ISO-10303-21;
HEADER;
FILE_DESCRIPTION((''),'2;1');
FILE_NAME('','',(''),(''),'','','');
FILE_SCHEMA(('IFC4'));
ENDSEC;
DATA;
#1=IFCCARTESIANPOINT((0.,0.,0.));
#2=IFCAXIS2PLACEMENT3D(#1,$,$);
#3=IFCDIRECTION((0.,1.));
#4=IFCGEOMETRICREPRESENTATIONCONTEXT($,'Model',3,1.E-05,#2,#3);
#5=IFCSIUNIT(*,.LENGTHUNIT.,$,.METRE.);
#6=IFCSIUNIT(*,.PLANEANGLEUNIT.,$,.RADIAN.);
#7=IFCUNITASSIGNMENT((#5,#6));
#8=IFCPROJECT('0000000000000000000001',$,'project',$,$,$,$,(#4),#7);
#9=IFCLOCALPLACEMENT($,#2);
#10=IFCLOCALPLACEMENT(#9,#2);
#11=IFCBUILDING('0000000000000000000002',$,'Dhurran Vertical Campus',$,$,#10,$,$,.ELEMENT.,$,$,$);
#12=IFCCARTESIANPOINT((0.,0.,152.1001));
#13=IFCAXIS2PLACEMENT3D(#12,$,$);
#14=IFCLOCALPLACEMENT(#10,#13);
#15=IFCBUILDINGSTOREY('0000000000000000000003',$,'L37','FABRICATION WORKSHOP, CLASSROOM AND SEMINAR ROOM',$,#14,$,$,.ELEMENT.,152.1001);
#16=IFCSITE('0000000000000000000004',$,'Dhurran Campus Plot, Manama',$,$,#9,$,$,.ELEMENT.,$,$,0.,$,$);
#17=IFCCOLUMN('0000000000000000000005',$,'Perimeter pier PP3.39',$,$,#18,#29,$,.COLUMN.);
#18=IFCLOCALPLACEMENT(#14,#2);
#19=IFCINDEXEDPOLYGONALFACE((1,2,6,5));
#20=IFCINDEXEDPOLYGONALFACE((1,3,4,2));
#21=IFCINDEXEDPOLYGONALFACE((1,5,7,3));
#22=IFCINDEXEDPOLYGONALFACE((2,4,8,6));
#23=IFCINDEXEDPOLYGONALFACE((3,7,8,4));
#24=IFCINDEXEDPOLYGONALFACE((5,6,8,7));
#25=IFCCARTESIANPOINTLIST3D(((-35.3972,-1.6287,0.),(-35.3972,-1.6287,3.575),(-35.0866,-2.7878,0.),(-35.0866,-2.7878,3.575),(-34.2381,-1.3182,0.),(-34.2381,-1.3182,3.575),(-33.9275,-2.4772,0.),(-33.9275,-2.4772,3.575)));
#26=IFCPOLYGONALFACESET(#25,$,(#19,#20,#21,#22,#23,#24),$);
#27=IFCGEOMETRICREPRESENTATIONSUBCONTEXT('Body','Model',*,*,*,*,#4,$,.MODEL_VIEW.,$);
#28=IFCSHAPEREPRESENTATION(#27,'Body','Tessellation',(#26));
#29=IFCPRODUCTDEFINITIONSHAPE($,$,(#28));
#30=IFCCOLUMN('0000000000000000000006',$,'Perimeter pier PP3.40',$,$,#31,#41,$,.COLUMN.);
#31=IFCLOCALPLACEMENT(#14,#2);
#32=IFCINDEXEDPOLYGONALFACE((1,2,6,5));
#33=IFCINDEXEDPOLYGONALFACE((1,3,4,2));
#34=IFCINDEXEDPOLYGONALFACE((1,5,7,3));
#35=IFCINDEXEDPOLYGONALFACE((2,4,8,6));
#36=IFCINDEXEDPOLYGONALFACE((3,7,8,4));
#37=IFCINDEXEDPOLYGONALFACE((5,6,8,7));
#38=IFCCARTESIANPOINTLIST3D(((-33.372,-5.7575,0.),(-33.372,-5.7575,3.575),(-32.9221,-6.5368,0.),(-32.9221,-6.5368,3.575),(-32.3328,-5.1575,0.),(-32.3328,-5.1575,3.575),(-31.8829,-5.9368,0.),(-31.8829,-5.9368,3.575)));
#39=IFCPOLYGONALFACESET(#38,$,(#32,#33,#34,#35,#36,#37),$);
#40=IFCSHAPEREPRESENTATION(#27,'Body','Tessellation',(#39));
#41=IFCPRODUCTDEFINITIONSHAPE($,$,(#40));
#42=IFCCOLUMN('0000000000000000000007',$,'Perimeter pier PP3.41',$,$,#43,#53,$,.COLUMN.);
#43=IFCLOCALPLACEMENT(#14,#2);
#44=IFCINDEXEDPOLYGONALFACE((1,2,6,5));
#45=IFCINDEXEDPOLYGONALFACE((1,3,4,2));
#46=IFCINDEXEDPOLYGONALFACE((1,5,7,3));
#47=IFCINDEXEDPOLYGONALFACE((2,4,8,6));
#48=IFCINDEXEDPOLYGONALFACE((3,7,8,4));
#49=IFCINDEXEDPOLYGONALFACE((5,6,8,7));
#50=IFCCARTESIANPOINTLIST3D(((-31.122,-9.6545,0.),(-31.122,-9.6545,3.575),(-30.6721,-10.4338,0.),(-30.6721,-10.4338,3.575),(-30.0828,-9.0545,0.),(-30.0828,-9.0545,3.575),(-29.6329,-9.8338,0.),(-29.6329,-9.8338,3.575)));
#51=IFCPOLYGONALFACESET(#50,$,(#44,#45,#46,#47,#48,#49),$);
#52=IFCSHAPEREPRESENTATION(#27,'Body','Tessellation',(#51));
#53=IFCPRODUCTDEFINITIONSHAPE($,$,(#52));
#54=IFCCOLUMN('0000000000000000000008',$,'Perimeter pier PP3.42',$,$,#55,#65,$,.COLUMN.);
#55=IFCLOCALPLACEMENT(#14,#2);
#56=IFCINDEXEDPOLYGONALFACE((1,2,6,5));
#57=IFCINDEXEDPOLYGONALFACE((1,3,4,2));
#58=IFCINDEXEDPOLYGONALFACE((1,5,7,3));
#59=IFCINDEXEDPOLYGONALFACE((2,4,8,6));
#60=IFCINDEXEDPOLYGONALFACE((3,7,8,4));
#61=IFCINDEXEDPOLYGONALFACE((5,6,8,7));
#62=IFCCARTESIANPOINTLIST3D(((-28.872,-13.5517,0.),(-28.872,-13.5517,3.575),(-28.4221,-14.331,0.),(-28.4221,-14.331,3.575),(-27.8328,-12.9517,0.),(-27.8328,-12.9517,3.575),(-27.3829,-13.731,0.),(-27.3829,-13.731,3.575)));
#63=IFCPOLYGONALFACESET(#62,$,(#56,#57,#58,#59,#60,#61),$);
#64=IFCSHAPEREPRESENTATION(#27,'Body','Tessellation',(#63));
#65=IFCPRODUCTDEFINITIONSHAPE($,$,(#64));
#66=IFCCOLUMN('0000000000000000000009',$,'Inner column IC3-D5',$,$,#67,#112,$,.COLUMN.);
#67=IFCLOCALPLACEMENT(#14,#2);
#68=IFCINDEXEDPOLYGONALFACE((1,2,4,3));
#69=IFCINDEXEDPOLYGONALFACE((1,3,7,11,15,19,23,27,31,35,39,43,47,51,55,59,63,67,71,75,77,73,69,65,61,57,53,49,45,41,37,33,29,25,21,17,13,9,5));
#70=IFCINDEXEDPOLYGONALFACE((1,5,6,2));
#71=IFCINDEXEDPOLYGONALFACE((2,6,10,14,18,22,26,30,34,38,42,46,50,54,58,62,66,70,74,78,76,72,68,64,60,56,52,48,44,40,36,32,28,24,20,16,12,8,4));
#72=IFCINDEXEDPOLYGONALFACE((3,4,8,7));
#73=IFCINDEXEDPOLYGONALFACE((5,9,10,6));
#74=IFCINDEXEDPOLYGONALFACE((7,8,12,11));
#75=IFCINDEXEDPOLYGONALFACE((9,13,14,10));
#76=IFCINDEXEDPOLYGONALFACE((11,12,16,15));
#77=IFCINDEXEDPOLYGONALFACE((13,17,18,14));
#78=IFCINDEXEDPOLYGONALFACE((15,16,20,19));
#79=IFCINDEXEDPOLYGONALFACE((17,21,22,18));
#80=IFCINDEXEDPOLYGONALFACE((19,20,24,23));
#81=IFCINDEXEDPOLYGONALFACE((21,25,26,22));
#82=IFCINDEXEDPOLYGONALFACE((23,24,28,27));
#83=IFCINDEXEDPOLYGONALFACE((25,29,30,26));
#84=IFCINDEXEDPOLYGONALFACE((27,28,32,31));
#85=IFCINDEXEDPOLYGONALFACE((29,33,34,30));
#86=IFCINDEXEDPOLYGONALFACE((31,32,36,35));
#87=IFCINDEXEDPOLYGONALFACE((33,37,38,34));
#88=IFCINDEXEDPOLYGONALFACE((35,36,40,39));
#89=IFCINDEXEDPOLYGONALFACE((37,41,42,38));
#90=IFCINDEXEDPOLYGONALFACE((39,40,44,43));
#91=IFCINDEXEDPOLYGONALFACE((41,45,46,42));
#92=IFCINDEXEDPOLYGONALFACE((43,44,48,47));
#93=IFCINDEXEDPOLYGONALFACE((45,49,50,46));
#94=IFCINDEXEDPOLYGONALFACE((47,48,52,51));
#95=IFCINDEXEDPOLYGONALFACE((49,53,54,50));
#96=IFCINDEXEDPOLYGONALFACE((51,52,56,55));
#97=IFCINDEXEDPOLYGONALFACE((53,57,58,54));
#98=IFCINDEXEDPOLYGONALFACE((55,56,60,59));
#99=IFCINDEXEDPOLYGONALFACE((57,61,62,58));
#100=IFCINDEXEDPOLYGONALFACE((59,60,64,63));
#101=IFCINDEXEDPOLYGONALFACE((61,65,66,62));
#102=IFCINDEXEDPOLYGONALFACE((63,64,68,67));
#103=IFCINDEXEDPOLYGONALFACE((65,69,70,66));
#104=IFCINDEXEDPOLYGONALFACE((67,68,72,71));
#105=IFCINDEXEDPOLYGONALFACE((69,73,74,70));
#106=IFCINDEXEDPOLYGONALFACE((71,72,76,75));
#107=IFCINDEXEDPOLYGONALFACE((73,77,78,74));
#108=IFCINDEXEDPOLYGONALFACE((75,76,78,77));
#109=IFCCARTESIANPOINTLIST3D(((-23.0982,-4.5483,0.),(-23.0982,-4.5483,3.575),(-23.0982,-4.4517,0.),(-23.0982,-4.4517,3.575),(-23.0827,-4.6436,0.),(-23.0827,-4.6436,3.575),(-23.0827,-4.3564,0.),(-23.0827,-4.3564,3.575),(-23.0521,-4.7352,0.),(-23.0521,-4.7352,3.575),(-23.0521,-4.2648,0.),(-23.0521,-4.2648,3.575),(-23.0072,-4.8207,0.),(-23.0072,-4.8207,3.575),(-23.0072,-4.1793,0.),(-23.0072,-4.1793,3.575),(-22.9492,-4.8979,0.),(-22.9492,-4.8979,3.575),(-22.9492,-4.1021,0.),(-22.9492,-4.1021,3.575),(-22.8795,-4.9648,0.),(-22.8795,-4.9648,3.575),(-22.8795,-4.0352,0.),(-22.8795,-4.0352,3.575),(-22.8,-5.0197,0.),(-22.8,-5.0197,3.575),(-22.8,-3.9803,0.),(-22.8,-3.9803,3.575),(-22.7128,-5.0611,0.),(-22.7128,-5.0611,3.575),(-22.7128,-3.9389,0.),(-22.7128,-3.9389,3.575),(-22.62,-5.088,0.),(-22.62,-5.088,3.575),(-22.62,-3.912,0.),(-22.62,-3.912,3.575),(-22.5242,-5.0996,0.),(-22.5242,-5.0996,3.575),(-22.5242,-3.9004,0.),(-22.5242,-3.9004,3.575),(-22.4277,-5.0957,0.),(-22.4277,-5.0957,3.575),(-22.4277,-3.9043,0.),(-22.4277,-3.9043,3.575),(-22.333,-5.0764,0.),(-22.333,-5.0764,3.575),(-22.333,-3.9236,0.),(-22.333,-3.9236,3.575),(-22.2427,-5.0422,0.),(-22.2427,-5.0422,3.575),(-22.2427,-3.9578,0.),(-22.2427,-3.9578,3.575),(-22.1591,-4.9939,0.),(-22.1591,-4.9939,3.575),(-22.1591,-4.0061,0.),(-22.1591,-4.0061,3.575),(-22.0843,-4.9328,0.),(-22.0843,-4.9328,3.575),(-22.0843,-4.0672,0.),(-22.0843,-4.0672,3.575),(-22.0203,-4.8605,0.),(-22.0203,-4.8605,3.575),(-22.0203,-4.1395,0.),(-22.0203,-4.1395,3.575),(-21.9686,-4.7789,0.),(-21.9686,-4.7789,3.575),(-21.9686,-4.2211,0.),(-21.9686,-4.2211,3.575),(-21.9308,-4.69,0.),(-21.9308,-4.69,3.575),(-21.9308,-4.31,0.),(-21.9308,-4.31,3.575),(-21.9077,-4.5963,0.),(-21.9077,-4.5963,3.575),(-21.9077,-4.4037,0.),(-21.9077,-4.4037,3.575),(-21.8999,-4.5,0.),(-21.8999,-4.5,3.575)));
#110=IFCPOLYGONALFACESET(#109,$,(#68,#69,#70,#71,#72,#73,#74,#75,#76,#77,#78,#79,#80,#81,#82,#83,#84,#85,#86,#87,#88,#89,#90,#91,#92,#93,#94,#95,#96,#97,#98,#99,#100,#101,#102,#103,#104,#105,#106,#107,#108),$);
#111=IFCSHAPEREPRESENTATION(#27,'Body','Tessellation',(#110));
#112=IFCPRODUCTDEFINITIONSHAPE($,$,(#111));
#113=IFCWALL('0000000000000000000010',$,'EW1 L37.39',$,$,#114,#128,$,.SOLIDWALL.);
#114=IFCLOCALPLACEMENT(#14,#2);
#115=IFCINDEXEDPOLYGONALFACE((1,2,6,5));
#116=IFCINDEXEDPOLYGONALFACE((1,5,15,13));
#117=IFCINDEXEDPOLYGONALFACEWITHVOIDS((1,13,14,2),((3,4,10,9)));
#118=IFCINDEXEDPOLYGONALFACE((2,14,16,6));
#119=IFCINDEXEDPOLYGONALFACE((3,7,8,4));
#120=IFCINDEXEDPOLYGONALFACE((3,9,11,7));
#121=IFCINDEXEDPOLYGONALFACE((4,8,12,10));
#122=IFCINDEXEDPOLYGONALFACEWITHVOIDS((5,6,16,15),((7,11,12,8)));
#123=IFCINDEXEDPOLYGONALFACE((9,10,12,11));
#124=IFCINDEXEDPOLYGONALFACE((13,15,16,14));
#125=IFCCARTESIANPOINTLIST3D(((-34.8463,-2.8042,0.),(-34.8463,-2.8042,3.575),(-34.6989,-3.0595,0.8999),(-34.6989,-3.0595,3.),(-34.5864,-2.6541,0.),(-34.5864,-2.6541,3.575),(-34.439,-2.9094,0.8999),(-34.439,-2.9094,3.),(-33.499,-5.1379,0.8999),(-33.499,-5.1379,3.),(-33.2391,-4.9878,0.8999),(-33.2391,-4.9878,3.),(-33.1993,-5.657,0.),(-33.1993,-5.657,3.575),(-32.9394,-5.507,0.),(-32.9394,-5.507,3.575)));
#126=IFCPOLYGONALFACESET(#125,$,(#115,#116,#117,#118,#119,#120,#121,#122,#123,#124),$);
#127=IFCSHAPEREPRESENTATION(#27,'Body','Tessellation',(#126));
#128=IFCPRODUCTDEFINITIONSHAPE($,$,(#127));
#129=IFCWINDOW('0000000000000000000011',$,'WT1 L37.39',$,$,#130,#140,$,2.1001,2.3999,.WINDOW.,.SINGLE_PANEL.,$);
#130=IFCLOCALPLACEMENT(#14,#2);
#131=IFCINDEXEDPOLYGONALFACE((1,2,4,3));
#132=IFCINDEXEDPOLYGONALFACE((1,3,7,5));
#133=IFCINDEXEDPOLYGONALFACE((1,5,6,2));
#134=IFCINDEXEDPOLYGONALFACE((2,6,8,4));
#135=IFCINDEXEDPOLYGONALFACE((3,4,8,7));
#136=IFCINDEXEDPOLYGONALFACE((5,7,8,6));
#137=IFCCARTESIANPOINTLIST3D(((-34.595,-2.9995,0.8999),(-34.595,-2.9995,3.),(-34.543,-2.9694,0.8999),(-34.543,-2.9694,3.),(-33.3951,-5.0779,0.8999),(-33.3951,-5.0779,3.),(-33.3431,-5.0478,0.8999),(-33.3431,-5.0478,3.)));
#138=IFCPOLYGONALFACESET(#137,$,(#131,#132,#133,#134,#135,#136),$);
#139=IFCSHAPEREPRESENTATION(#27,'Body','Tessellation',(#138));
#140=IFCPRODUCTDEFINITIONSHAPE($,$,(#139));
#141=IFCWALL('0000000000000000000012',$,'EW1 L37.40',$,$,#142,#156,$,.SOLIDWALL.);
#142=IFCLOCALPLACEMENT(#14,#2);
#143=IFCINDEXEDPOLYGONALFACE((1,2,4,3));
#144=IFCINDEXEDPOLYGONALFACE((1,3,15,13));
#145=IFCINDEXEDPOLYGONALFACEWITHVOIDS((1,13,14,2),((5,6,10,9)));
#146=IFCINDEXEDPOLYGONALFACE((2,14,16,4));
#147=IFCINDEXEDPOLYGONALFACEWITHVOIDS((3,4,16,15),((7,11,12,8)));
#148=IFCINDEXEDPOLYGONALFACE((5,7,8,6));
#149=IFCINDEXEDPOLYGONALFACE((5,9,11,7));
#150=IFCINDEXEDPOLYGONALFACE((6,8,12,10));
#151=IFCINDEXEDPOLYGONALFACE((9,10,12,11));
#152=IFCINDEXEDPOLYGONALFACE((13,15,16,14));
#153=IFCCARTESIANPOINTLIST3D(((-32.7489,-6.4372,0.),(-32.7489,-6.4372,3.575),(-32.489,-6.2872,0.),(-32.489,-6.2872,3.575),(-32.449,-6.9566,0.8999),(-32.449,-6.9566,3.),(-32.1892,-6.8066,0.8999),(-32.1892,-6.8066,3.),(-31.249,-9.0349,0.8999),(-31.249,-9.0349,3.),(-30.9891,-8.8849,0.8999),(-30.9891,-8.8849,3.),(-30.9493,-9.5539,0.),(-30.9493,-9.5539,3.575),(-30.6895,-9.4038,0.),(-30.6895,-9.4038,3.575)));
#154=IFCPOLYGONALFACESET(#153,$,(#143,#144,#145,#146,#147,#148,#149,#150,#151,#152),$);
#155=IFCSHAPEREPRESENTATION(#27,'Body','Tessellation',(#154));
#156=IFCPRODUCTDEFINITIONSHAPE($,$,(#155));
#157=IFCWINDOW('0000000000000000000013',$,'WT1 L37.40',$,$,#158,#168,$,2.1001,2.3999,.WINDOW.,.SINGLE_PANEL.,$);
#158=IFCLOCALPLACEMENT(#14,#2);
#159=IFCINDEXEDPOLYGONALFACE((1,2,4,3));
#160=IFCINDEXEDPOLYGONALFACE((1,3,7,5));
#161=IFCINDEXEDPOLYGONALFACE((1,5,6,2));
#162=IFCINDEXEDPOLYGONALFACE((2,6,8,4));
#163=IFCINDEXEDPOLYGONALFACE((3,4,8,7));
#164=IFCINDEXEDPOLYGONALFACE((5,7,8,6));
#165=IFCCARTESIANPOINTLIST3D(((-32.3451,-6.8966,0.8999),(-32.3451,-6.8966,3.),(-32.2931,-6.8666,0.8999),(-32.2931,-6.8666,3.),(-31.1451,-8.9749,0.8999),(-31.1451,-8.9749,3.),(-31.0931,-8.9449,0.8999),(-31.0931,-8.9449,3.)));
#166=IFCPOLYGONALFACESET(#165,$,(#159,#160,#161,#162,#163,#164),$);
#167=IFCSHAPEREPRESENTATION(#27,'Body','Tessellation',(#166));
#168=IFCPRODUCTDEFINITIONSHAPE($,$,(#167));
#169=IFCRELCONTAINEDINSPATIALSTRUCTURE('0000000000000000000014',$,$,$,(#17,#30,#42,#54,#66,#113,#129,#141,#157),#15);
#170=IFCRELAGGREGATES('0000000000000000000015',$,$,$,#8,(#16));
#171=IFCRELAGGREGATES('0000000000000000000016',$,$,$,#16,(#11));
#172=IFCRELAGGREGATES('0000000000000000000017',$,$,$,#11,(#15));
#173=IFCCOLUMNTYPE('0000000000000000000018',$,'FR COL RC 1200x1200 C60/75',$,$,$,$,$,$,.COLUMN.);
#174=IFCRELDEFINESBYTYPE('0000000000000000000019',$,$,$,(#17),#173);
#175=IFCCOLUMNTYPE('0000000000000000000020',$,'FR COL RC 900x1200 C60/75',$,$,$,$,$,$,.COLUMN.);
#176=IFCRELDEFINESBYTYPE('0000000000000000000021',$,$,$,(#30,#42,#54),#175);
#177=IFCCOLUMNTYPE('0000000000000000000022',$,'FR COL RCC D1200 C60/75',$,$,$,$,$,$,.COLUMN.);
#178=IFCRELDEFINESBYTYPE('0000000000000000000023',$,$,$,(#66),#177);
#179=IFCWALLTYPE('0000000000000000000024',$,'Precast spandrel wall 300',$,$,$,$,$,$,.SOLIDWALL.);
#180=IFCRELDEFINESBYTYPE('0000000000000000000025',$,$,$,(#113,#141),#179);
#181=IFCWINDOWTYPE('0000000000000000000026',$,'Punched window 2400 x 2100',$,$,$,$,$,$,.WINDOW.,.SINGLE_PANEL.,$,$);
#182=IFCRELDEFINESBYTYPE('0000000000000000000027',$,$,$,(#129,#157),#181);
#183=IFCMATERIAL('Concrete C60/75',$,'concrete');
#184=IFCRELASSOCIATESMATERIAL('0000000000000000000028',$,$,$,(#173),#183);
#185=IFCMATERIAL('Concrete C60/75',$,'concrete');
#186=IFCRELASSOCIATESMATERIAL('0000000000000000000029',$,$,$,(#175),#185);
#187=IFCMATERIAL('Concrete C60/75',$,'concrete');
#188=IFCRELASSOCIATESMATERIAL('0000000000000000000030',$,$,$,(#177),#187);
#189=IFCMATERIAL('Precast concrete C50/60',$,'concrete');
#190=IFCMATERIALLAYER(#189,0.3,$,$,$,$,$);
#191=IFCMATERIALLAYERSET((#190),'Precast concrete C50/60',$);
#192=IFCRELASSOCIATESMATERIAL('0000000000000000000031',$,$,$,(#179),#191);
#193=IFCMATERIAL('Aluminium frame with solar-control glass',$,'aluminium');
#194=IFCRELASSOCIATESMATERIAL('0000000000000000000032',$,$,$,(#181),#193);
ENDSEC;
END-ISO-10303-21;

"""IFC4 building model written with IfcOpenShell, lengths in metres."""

from ifc_helpers import new_model, si_unit, direction, frame, frame_2d, origin, origin_2d, place, context, subcontext, project, spatial, rectangle, circle, extrude, material, layer, layer_set, material_profile, profile_set, type_object, element, fill, save


model = new_model("IFC4")

# Units and contexts
model_context = context("Model", 3, precision=1e-05, world=origin(), true_north=direction((0.0, 1.0)))
body_context = subcontext(model_context, "Body", "Model", "MODEL_VIEW")
ifc_project = project(units=[si_unit("LENGTHUNIT", "METRE"), si_unit("PLANEANGLEUNIT", "RADIAN")], contexts=[model_context])

# Site, building, storey
site_placement = place(None, origin())
site = spatial("IfcSite", under=ifc_project, at=site_placement, Name="Dhurran Campus Plot, Manama", CompositionType="ELEMENT", RefElevation=0.0)
building_placement = place(site_placement, origin())
building = spatial("IfcBuilding", under=site, at=building_placement, Name="Dhurran Vertical Campus", CompositionType="ELEMENT")
storey_placement = place(building_placement, frame((0.0, 0.0, 152.1001)))
storey = spatial("IfcBuildingStorey", under=building, at=storey_placement, Name="L37", Description="FABRICATION WORKSHOP, CLASSROOM AND SEMINAR ROOM", CompositionType="ELEMENT", Elevation=152.1001)

# Columns
ifc_material_1 = material(Name="Concrete C60/75", Category="concrete")
ifc_material_profile_1 = material_profile(ifc_material_1, rectangle(XDim=1.2, YDim=1.2, at=origin_2d()), Name="RC 1200x1200")
ifc_profile_set_1 = profile_set([ifc_material_profile_1], Name="Concrete C60/75")
column_type_1 = type_object("IfcColumnType", Name="FR COL RC 1200x1200 C60/75", PredefinedType="COLUMN", material=ifc_profile_set_1)
column_1_placement = place(storey_placement, frame((-34.6624, -2.053, 0.0), z_axis=(0.0, 0.0, 1.0), x_axis=(0.258819, -0.965926, 0.0)))
element("IfcColumn", 1, at=column_1_placement, inside=storey, type_object=column_type_1, Name="Perimeter pier PP3.39", PredefinedType="COLUMN", context=body_context, shape_type="SweptSolid", body=[
    extrude(rectangle(XDim=1.2, YDim=1.2, at=origin_2d()), origin(), (0.0, 0.0, 1.0), 3.575),
])
ifc_material_2 = material(Name="Concrete C60/75", Category="concrete")
ifc_material_profile_2 = material_profile(ifc_material_2, rectangle(XDim=0.8999, YDim=1.2, at=origin_2d()), Name="RC 900x1200")
ifc_profile_set_2 = profile_set([ifc_material_profile_2], Name="Concrete C60/75")
column_type_2 = type_object("IfcColumnType", Name="FR COL RC 900x1200 C60/75", PredefinedType="COLUMN", material=ifc_profile_set_2)
for number, where, z_axis, x_axis, name in (
    (2, (-32.6274, -5.8472, 0.0), (0.0, 0.0, 1.0), (0.5, -0.866025, 0.0), "Perimeter pier PP3.40"),
    (3, (-30.3774, -9.7441, 0.0), (0.0, 0.0, 1.0), (0.5, -0.866025, 0.0), "Perimeter pier PP3.41"),
    (4, (-28.1274, -13.6414, 0.0), (0.0, 0.0, 1.0), (0.5, -0.866025, 0.0), "Perimeter pier PP3.42"),
):
    element("IfcColumn", number, at=place(storey_placement, frame(where, z_axis=z_axis, x_axis=x_axis)), inside=storey, type_object=column_type_2, Name=name, PredefinedType="COLUMN", context=body_context, shape_type="SweptSolid", body=[
        extrude(rectangle(XDim=0.8999, YDim=1.2, at=origin_2d()), origin(), (0.0, 0.0, 1.0), 3.575),
    ])
ifc_material_3 = material(Name="Concrete C60/75", Category="concrete")
ifc_material_profile_3 = material_profile(ifc_material_3, circle(Radius=0.6001, at=origin_2d()), Name="RCC D1200")
ifc_profile_set_3 = profile_set([ifc_material_profile_3], Name="Concrete C60/75")
column_type_3 = type_object("IfcColumnType", Name="FR COL RCC D1200 C60/75", PredefinedType="COLUMN", material=ifc_profile_set_3)
column_2_placement = place(storey_placement, frame((-22.5, -4.5, 0.0), z_axis=(0.0, 0.0, 1.0), x_axis=(1.0, 0.0, 0.0)))
element("IfcColumn", 5, at=column_2_placement, inside=storey, type_object=column_type_3, Name="Inner column IC3-D5", PredefinedType="COLUMN", context=body_context, shape_type="SweptSolid", body=[
    extrude(circle(Radius=0.6001, at=origin_2d()), origin(), (0.0, 0.0, 1.0), 3.575),
])

# Walls, openings, windows
ifc_material_4 = material(Name="Precast concrete C50/60", Category="concrete")
ifc_layer_1 = layer(ifc_material_4, 0.3)
ifc_layer_set_1 = layer_set([ifc_layer_1], Name="Precast concrete C50/60")
wall_type_1 = type_object("IfcWallType", Name="Precast spandrel wall 300", PredefinedType="SOLIDWALL", material=ifc_layer_set_1)
wall_1_placement = place(storey_placement, frame((-34.7163, -2.7292, 0.0), z_axis=(0.0, 0.0, 1.0), x_axis=(0.499981, -0.866036, 0.0)))
wall_1 = element("IfcWall", 6, at=wall_1_placement, inside=storey, type_object=wall_type_1, Name="EW1 L37.39", PredefinedType="SOLIDWALL", context=body_context, shape_type="SweptSolid", body=[
    extrude(rectangle(XDim=3.2942, YDim=0.3, at=frame_2d((1.647, 0.0))), origin(), (0.0, 0.0, 1.0), 3.575),
])
opening_1_placement = place(wall_1_placement, frame((0.2947, 0.0, 0.8999)))
opening_1 = element("IfcOpeningElement", 7, at=opening_1_placement, cuts=wall_1, PredefinedType="OPENING", context=body_context, shape_type="SweptSolid", body=[
    extrude(rectangle(XDim=2.3999, YDim=2.1001, at=frame_2d((1.2, 1.05))), frame((0.0, 0.1599, 0.0), z_axis=(0.0, -1.0, 0.0), x_axis=(1.0, 0.0, 0.0)), (0.0, 0.0, 1.0), 0.3201),
])
ifc_material_5 = material(Name="Aluminium frame with solar-control glass", Category="aluminium")
window_type = type_object("IfcWindowType", Name="Punched window 2400 x 2100", PartitioningType="SINGLE_PANEL", PredefinedType="WINDOW", material=ifc_material_5)
window_1_placement = place(opening_1_placement, origin())
window_1 = element("IfcWindow", 8, at=window_1_placement, inside=storey, type_object=window_type, Name="WT1 L37.39", OverallHeight=2.1001, OverallWidth=2.3999, PartitioningType="SINGLE_PANEL", PredefinedType="WINDOW", context=body_context, shape_type="SweptSolid", body=[
    extrude(rectangle(XDim=2.3999, YDim=2.1001, at=frame_2d((1.2, 1.05))), frame((0.0, 0.03, 0.0), z_axis=(0.0, -1.0, 0.0), x_axis=(1.0, 0.0, 0.0)), (0.0, 0.0, 1.0), 0.0601),
])
fill(opening_1, window_1)
wall_2_placement = place(storey_placement, frame((-32.6189, -6.3623, 0.0), z_axis=(0.0, 0.0, 1.0), x_axis=(0.500028, -0.866009, 0.0)))
wall_2 = element("IfcWall", 9, at=wall_2_placement, inside=storey, type_object=wall_type_1, Name="EW1 L37.40", PredefinedType="SOLIDWALL", context=body_context, shape_type="SweptSolid", body=[
    extrude(rectangle(XDim=3.5989, YDim=0.3, at=frame_2d((1.7993, 0.0))), origin(), (0.0, 0.0, 1.0), 3.575),
])
opening_2_placement = place(wall_2_placement, frame((0.5996, 0.0, 0.8999)))
opening_2 = element("IfcOpeningElement", 10, at=opening_2_placement, cuts=wall_2, PredefinedType="OPENING", context=body_context, shape_type="SweptSolid", body=[
    extrude(rectangle(XDim=2.3999, YDim=2.1001, at=frame_2d((1.2, 1.05))), frame((0.0, 0.1599, 0.0), z_axis=(0.0, -1.0, 0.0), x_axis=(1.0, 0.0, 0.0)), (0.0, 0.0, 1.0), 0.3201),
])
window_2_placement = place(opening_2_placement, origin())
window_2 = element("IfcWindow", 11, at=window_2_placement, inside=storey, type_object=window_type, Name="WT1 L37.40", OverallHeight=2.1001, OverallWidth=2.3999, PartitioningType="SINGLE_PANEL", PredefinedType="WINDOW", context=body_context, shape_type="SweptSolid", body=[
    extrude(rectangle(XDim=2.3999, YDim=2.1001, at=frame_2d((1.2, 1.05))), frame((0.0, 0.03, 0.0), z_axis=(0.0, -1.0, 0.0), x_axis=(1.0, 0.0, 0.0)), (0.0, 0.0, 1.0), 0.0601),
])
fill(opening_2, window_2)

save(model, "model.ifc")
